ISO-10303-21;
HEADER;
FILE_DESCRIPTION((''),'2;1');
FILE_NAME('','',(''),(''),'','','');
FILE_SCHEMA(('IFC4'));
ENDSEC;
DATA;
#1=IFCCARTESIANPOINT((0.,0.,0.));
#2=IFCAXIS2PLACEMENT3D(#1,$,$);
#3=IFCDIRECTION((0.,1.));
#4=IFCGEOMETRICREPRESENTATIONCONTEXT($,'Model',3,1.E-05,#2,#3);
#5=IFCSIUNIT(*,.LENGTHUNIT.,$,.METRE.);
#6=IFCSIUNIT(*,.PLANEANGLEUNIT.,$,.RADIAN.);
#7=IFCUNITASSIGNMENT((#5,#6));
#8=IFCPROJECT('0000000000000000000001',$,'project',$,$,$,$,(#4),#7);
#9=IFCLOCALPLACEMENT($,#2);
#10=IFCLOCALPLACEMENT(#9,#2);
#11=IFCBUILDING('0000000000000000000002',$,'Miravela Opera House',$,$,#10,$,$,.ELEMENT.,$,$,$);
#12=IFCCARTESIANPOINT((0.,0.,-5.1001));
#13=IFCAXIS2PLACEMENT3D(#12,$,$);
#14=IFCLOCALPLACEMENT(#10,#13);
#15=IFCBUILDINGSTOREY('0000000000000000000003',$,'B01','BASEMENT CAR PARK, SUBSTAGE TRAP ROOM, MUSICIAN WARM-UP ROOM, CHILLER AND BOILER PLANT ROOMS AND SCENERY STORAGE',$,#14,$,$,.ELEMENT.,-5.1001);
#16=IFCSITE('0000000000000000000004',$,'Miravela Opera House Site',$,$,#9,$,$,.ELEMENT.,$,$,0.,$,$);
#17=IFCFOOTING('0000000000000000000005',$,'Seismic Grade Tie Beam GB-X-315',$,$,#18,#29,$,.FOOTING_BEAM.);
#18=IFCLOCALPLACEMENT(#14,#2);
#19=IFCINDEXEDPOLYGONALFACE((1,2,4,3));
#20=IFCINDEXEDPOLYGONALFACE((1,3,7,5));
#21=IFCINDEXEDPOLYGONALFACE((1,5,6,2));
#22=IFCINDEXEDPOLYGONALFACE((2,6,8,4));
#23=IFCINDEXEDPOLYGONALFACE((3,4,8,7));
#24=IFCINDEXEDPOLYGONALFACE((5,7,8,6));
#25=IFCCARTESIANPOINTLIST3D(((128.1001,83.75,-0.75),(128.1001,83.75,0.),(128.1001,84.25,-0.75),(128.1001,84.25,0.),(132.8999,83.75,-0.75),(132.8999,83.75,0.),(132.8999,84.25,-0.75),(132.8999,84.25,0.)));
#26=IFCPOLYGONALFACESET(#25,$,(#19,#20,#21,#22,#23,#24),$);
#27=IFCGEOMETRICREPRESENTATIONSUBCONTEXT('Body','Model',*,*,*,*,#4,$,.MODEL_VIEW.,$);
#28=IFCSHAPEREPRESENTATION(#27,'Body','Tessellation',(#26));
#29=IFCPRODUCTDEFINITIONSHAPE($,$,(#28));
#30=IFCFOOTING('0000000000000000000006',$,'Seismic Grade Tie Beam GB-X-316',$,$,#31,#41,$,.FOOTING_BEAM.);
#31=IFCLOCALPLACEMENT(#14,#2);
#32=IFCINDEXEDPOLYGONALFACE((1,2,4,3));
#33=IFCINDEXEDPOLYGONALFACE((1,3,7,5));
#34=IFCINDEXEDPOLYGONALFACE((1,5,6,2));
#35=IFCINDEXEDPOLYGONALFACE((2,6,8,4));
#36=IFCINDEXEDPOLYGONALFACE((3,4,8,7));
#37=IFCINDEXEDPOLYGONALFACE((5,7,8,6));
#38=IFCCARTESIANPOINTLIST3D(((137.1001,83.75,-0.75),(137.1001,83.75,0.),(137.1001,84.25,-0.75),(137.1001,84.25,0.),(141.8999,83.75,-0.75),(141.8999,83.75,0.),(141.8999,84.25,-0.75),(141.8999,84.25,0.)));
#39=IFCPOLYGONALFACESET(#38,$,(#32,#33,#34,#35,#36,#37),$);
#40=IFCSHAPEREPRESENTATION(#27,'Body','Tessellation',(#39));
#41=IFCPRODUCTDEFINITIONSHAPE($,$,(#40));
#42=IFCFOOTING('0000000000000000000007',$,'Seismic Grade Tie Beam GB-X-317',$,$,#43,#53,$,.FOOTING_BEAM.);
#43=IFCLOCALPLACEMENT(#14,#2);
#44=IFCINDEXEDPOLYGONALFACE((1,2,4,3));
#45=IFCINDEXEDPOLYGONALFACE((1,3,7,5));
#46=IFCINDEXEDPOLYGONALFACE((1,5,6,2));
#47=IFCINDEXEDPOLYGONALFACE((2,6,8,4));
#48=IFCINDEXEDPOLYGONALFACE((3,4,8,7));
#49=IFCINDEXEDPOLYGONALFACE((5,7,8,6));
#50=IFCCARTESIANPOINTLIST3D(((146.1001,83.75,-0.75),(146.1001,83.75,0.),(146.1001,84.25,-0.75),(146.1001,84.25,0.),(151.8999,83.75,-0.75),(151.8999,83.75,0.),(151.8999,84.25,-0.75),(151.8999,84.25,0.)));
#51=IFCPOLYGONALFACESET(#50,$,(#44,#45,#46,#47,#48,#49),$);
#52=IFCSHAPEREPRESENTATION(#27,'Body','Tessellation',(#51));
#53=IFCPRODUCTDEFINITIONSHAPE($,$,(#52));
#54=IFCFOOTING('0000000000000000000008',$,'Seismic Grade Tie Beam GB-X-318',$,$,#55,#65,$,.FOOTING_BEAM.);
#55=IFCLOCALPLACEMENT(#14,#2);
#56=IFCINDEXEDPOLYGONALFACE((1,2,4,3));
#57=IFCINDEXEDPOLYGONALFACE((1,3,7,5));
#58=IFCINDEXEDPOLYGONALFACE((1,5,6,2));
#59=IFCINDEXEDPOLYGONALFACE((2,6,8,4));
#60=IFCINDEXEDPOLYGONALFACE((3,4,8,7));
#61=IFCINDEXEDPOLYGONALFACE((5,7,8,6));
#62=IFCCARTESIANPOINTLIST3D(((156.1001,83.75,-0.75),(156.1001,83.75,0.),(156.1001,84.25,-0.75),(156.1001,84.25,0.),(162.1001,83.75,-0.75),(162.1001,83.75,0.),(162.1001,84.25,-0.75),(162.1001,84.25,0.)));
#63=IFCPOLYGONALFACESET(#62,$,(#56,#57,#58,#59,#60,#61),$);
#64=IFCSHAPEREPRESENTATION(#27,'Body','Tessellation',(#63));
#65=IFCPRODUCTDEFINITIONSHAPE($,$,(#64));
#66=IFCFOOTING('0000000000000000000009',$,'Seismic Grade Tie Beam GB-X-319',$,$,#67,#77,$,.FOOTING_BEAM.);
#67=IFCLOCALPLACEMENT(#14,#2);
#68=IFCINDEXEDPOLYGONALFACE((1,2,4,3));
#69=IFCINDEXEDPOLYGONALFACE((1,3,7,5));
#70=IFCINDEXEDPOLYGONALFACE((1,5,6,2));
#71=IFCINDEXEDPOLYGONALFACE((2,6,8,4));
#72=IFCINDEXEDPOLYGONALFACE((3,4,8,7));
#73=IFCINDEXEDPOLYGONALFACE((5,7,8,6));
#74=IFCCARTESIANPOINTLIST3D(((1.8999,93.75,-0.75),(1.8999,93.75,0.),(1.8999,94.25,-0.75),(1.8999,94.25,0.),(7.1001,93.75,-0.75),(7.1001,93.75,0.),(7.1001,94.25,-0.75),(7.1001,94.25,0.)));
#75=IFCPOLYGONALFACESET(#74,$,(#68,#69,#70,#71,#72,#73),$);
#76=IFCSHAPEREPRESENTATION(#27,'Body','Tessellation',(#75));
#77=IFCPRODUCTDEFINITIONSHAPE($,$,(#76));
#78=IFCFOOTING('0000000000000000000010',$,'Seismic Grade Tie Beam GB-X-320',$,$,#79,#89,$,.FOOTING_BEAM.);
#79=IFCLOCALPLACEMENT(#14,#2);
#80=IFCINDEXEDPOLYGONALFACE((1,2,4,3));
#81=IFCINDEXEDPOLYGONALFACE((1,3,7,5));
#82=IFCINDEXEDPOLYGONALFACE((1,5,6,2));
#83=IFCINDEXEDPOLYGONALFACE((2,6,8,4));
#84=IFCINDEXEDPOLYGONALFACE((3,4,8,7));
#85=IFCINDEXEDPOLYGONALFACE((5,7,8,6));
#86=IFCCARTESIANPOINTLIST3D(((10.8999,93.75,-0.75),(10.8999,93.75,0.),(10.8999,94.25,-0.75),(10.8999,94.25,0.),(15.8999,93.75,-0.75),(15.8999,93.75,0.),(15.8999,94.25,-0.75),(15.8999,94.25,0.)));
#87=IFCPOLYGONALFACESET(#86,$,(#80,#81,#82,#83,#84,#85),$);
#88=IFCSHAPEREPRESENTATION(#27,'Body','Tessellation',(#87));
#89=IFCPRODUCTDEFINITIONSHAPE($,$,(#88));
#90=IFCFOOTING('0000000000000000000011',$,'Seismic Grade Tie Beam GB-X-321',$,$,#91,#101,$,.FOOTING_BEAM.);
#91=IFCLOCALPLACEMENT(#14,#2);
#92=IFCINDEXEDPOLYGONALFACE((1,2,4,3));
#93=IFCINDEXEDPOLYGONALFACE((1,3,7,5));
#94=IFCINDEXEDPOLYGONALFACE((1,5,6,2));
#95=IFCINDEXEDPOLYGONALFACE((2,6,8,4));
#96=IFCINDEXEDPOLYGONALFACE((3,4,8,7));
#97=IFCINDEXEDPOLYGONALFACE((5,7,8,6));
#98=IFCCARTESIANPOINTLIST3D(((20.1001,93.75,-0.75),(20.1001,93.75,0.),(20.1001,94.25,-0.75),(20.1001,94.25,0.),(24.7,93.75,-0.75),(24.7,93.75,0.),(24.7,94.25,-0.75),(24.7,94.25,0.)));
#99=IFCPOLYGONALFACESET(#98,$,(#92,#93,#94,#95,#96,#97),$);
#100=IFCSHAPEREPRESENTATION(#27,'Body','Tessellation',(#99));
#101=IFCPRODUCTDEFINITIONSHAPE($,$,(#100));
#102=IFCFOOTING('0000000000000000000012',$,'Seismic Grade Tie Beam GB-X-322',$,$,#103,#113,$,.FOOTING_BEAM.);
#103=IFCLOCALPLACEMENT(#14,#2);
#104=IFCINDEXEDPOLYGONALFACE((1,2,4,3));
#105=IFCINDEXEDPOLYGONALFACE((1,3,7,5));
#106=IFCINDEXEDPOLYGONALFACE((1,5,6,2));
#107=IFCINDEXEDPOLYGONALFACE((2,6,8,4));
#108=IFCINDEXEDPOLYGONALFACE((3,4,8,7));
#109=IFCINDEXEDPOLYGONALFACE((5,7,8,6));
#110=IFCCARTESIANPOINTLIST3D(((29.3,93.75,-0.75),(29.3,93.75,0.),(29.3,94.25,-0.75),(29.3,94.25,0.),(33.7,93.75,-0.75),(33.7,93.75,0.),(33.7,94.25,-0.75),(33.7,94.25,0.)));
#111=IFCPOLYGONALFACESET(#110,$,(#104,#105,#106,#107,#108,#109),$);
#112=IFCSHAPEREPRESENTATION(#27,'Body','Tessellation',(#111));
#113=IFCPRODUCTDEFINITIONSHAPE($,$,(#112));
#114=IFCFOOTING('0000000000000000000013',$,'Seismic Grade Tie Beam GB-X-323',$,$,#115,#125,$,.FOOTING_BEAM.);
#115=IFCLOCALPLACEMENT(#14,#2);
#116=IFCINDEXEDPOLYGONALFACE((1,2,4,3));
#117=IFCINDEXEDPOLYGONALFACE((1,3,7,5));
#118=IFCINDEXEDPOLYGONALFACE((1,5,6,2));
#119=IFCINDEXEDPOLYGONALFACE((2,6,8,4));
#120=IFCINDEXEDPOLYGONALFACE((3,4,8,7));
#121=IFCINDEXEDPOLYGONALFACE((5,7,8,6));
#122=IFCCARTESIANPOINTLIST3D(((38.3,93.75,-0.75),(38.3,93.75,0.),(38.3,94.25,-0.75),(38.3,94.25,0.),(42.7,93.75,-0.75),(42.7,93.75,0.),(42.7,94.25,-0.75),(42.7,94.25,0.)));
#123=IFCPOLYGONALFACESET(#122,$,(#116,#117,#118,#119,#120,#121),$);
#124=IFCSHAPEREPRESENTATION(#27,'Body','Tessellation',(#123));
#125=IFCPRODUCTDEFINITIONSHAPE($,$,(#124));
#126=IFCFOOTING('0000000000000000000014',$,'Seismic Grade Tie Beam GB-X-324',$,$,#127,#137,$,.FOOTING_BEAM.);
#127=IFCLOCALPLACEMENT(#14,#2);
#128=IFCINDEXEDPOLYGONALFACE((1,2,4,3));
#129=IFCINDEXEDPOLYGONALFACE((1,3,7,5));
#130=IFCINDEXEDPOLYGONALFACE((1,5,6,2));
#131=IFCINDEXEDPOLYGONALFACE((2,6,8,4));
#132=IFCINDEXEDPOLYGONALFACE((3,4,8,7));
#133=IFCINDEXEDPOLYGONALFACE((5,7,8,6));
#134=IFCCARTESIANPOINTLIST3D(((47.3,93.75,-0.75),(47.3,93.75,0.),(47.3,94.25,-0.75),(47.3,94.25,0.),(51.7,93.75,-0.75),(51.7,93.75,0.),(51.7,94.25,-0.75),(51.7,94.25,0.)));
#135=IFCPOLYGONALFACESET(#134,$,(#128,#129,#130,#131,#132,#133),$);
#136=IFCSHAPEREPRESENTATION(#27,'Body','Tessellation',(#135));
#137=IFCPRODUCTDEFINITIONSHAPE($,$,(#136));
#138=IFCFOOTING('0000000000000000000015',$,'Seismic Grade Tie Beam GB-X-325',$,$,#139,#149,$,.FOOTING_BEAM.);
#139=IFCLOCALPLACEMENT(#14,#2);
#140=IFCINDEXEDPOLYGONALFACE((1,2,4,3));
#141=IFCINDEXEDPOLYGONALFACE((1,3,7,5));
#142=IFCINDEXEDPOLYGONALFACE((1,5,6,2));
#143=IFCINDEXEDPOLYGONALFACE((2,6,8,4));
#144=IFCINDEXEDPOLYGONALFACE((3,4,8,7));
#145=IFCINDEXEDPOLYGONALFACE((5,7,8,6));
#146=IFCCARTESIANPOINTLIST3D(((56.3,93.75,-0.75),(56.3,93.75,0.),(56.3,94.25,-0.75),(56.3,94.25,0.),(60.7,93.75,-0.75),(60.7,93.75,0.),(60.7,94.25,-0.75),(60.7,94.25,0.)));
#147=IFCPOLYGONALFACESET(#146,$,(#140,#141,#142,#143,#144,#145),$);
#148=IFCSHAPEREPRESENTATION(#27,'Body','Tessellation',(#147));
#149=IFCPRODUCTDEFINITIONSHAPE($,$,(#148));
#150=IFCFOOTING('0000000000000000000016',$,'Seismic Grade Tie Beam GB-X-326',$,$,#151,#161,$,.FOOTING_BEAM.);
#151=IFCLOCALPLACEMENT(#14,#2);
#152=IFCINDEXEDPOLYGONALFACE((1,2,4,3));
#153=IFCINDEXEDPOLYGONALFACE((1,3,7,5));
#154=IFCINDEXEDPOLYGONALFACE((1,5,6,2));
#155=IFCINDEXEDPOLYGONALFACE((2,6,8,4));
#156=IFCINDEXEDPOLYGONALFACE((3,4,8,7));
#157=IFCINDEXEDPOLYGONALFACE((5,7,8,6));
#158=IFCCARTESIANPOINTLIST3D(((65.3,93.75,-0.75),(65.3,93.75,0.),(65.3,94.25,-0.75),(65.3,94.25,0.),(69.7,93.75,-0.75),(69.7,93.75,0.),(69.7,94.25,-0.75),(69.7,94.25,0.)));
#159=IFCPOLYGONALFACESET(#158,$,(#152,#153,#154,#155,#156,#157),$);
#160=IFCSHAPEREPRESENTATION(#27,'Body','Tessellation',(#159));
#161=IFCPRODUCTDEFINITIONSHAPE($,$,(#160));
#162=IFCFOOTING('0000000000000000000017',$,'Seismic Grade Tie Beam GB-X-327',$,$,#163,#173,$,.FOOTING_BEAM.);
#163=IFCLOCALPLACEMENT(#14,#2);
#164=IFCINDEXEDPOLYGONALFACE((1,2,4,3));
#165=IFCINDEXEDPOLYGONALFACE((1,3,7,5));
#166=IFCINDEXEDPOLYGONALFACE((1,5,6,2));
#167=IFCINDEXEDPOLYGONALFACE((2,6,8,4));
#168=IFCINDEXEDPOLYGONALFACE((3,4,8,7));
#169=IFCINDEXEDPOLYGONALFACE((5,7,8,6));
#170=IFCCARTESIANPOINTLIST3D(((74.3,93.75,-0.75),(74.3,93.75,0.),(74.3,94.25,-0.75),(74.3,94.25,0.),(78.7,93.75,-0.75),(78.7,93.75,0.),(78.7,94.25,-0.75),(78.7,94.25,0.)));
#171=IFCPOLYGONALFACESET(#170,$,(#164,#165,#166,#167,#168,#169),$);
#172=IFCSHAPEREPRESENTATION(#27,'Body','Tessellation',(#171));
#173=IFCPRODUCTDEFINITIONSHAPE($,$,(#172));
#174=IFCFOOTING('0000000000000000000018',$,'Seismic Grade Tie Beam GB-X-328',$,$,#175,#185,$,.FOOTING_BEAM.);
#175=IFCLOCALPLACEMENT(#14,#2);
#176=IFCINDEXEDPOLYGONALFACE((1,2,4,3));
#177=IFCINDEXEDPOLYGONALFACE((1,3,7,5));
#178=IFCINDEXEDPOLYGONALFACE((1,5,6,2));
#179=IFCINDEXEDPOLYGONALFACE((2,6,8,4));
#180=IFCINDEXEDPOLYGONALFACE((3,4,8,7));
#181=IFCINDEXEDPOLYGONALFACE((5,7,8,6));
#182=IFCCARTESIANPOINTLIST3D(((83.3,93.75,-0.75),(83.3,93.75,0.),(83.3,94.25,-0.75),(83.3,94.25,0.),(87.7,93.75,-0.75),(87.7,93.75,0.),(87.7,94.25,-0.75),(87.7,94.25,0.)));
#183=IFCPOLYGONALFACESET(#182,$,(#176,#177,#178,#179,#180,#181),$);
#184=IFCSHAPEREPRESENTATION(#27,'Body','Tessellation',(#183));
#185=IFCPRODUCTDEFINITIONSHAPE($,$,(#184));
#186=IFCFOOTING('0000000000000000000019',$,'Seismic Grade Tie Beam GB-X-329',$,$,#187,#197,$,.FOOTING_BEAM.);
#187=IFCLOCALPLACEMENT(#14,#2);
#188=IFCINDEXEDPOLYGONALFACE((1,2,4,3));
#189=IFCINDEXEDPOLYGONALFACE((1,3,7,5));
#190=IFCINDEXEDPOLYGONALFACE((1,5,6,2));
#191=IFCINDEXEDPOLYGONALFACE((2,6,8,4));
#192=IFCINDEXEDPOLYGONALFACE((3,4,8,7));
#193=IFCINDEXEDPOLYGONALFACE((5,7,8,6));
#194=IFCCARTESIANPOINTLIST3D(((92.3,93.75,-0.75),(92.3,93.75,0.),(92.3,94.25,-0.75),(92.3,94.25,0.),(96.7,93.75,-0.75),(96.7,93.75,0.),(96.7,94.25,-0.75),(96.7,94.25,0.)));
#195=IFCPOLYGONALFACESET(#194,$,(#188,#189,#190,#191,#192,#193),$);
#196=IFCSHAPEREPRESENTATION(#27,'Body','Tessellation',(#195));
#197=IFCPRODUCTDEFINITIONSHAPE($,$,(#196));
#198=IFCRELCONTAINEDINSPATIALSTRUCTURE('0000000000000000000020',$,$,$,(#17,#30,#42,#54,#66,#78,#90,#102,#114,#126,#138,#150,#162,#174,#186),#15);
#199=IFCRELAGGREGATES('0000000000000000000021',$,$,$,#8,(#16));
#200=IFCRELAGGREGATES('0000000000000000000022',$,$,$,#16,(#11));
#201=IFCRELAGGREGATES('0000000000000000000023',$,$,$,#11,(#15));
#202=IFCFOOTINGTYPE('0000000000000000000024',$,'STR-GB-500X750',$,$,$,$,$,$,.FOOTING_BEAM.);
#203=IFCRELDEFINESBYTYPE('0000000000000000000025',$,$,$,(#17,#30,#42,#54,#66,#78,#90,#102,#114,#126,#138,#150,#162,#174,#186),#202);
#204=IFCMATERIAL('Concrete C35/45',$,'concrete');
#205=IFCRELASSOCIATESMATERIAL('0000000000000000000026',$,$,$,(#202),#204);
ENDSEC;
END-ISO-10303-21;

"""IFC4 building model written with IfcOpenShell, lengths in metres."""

from ifc_helpers import new_model, si_unit, direction, frame, origin, place, context, subcontext, project, spatial, polyline, outline, extrude, material, type_object, element, save


model = new_model("IFC4")

# Units and contexts
model_context = context("Model", 3, precision=1e-05, world=origin(), true_north=direction((0.0, 1.0)))
body_context = subcontext(model_context, "Body", "Model", "MODEL_VIEW")
ifc_project = project(units=[si_unit("LENGTHUNIT", "METRE"), si_unit("PLANEANGLEUNIT", "RADIAN")], contexts=[model_context])

# Site, building, storey
site_placement = place(None, origin())
site = spatial("IfcSite", under=ifc_project, at=site_placement, Name="Miravela Opera House Site", CompositionType="ELEMENT", RefElevation=0.0)
building_placement = place(site_placement, origin())
building = spatial("IfcBuilding", under=site, at=building_placement, Name="Miravela Opera House", CompositionType="ELEMENT")
storey_placement = place(building_placement, frame((0.0, 0.0, -5.1001)))
storey = spatial("IfcBuildingStorey", under=building, at=storey_placement, Name="B01", Description="BASEMENT CAR PARK, SUBSTAGE TRAP ROOM, MUSICIAN WARM-UP ROOM, CHILLER AND BOILER PLANT ROOMS AND SCENERY STORAGE", CompositionType="ELEMENT", Elevation=-5.1001)

# Footings
ifc_material = material(Name="Concrete C35/45", Category="concrete")
footing_type = type_object("IfcFootingType", Name="STR-GB-500X750", PredefinedType="FOOTING_BEAM", material=ifc_material)
footing_1_placement = place(storey_placement, frame((0.0, 0.0, -0.75)))
element("IfcFooting", 1, at=footing_1_placement, inside=storey, type_object=footing_type, Name="Seismic Grade Tie Beam GB-X-315", PredefinedType="FOOTING_BEAM", context=body_context, shape_type="SweptSolid", body=[
    extrude(outline(polyline([(128.1001, 83.75), (132.8999, 83.75), (132.8999, 84.25), (128.1001, 84.25), (128.1001, 83.75)])), origin(), (0.0, 0.0, 1.0), 0.75),
])
footing_2_placement = place(storey_placement, frame((0.0, 0.0, -0.75)))
element("IfcFooting", 2, at=footing_2_placement, inside=storey, type_object=footing_type, Name="Seismic Grade Tie Beam GB-X-316", PredefinedType="FOOTING_BEAM", context=body_context, shape_type="SweptSolid", body=[
    extrude(outline(polyline([(137.1001, 83.75), (141.8999, 83.75), (141.8999, 84.25), (137.1001, 84.25), (137.1001, 83.75)])), origin(), (0.0, 0.0, 1.0), 0.75),
])
footing_3_placement = place(storey_placement, frame((0.0, 0.0, -0.75)))
element("IfcFooting", 3, at=footing_3_placement, inside=storey, type_object=footing_type, Name="Seismic Grade Tie Beam GB-X-317", PredefinedType="FOOTING_BEAM", context=body_context, shape_type="SweptSolid", body=[
    extrude(outline(polyline([(146.1001, 83.75), (151.8999, 83.75), (151.8999, 84.25), (146.1001, 84.25), (146.1001, 83.75)])), origin(), (0.0, 0.0, 1.0), 0.75),
])
footing_4_placement = place(storey_placement, frame((0.0, 0.0, -0.75)))
element("IfcFooting", 4, at=footing_4_placement, inside=storey, type_object=footing_type, Name="Seismic Grade Tie Beam GB-X-318", PredefinedType="FOOTING_BEAM", context=body_context, shape_type="SweptSolid", body=[
    extrude(outline(polyline([(156.1001, 83.75), (162.1001, 83.75), (162.1001, 84.25), (156.1001, 84.25), (156.1001, 83.75)])), origin(), (0.0, 0.0, 1.0), 0.75),
])
footing_5_placement = place(storey_placement, frame((0.0, 0.0, -0.75)))
element("IfcFooting", 5, at=footing_5_placement, inside=storey, type_object=footing_type, Name="Seismic Grade Tie Beam GB-X-319", PredefinedType="FOOTING_BEAM", context=body_context, shape_type="SweptSolid", body=[
    extrude(outline(polyline([(1.8999, 93.75), (7.1001, 93.75), (7.1001, 94.25), (1.8999, 94.25), (1.8999, 93.75)])), origin(), (0.0, 0.0, 1.0), 0.75),
])
footing_6_placement = place(storey_placement, frame((0.0, 0.0, -0.75)))
element("IfcFooting", 6, at=footing_6_placement, inside=storey, type_object=footing_type, Name="Seismic Grade Tie Beam GB-X-320", PredefinedType="FOOTING_BEAM", context=body_context, shape_type="SweptSolid", body=[
    extrude(outline(polyline([(10.8999, 93.75), (15.8999, 93.75), (15.8999, 94.25), (10.8999, 94.25), (10.8999, 93.75)])), origin(), (0.0, 0.0, 1.0), 0.75),
])
footing_7_placement = place(storey_placement, frame((0.0, 0.0, -0.75)))
element("IfcFooting", 7, at=footing_7_placement, inside=storey, type_object=footing_type, Name="Seismic Grade Tie Beam GB-X-321", PredefinedType="FOOTING_BEAM", context=body_context, shape_type="SweptSolid", body=[
    extrude(outline(polyline([(20.1001, 93.75), (24.7, 93.75), (24.7, 94.25), (20.1001, 94.25), (20.1001, 93.75)])), origin(), (0.0, 0.0, 1.0), 0.75),
])
footing_8_placement = place(storey_placement, frame((0.0, 0.0, -0.75)))
element("IfcFooting", 8, at=footing_8_placement, inside=storey, type_object=footing_type, Name="Seismic Grade Tie Beam GB-X-322", PredefinedType="FOOTING_BEAM", context=body_context, shape_type="SweptSolid", body=[
    extrude(outline(polyline([(29.3, 93.75), (33.7, 93.75), (33.7, 94.25), (29.3, 94.25), (29.3, 93.75)])), origin(), (0.0, 0.0, 1.0), 0.75),
])
footing_9_placement = place(storey_placement, frame((0.0, 0.0, -0.75)))
element("IfcFooting", 9, at=footing_9_placement, inside=storey, type_object=footing_type, Name="Seismic Grade Tie Beam GB-X-323", PredefinedType="FOOTING_BEAM", context=body_context, shape_type="SweptSolid", body=[
    extrude(outline(polyline([(38.3, 93.75), (42.7, 93.75), (42.7, 94.25), (38.3, 94.25), (38.3, 93.75)])), origin(), (0.0, 0.0, 1.0), 0.75),
])
footing_10_placement = place(storey_placement, frame((0.0, 0.0, -0.75)))
element("IfcFooting", 10, at=footing_10_placement, inside=storey, type_object=footing_type, Name="Seismic Grade Tie Beam GB-X-324", PredefinedType="FOOTING_BEAM", context=body_context, shape_type="SweptSolid", body=[
    extrude(outline(polyline([(47.3, 93.75), (51.7, 93.75), (51.7, 94.25), (47.3, 94.25), (47.3, 93.75)])), origin(), (0.0, 0.0, 1.0), 0.75),
])
footing_11_placement = place(storey_placement, frame((0.0, 0.0, -0.75)))
element("IfcFooting", 11, at=footing_11_placement, inside=storey, type_object=footing_type, Name="Seismic Grade Tie Beam GB-X-325", PredefinedType="FOOTING_BEAM", context=body_context, shape_type="SweptSolid", body=[
    extrude(outline(polyline([(56.3, 93.75), (60.7, 93.75), (60.7, 94.25), (56.3, 94.25), (56.3, 93.75)])), origin(), (0.0, 0.0, 1.0), 0.75),
])
footing_12_placement = place(storey_placement, frame((0.0, 0.0, -0.75)))
element("IfcFooting", 12, at=footing_12_placement, inside=storey, type_object=footing_type, Name="Seismic Grade Tie Beam GB-X-326", PredefinedType="FOOTING_BEAM", context=body_context, shape_type="SweptSolid", body=[
    extrude(outline(polyline([(65.3, 93.75), (69.7, 93.75), (69.7, 94.25), (65.3, 94.25), (65.3, 93.75)])), origin(), (0.0, 0.0, 1.0), 0.75),
])
footing_13_placement = place(storey_placement, frame((0.0, 0.0, -0.75)))
element("IfcFooting", 13, at=footing_13_placement, inside=storey, type_object=footing_type, Name="Seismic Grade Tie Beam GB-X-327", PredefinedType="FOOTING_BEAM", context=body_context, shape_type="SweptSolid", body=[
    extrude(outline(polyline([(74.3, 93.75), (78.7, 93.75), (78.7, 94.25), (74.3, 94.25), (74.3, 93.75)])), origin(), (0.0, 0.0, 1.0), 0.75),
])
footing_14_placement = place(storey_placement, frame((0.0, 0.0, -0.75)))
element("IfcFooting", 14, at=footing_14_placement, inside=storey, type_object=footing_type, Name="Seismic Grade Tie Beam GB-X-328", PredefinedType="FOOTING_BEAM", context=body_context, shape_type="SweptSolid", body=[
    extrude(outline(polyline([(83.3, 93.75), (87.7, 93.75), (87.7, 94.25), (83.3, 94.25), (83.3, 93.75)])), origin(), (0.0, 0.0, 1.0), 0.75),
])
footing_15_placement = place(storey_placement, frame((0.0, 0.0, -0.75)))
element("IfcFooting", 15, at=footing_15_placement, inside=storey, type_object=footing_type, Name="Seismic Grade Tie Beam GB-X-329", PredefinedType="FOOTING_BEAM", context=body_context, shape_type="SweptSolid", body=[
    extrude(outline(polyline([(92.3, 93.75), (96.7, 93.75), (96.7, 94.25), (92.3, 94.25), (92.3, 93.75)])), origin(), (0.0, 0.0, 1.0), 0.75),
])

save(model, "model.ifc")
